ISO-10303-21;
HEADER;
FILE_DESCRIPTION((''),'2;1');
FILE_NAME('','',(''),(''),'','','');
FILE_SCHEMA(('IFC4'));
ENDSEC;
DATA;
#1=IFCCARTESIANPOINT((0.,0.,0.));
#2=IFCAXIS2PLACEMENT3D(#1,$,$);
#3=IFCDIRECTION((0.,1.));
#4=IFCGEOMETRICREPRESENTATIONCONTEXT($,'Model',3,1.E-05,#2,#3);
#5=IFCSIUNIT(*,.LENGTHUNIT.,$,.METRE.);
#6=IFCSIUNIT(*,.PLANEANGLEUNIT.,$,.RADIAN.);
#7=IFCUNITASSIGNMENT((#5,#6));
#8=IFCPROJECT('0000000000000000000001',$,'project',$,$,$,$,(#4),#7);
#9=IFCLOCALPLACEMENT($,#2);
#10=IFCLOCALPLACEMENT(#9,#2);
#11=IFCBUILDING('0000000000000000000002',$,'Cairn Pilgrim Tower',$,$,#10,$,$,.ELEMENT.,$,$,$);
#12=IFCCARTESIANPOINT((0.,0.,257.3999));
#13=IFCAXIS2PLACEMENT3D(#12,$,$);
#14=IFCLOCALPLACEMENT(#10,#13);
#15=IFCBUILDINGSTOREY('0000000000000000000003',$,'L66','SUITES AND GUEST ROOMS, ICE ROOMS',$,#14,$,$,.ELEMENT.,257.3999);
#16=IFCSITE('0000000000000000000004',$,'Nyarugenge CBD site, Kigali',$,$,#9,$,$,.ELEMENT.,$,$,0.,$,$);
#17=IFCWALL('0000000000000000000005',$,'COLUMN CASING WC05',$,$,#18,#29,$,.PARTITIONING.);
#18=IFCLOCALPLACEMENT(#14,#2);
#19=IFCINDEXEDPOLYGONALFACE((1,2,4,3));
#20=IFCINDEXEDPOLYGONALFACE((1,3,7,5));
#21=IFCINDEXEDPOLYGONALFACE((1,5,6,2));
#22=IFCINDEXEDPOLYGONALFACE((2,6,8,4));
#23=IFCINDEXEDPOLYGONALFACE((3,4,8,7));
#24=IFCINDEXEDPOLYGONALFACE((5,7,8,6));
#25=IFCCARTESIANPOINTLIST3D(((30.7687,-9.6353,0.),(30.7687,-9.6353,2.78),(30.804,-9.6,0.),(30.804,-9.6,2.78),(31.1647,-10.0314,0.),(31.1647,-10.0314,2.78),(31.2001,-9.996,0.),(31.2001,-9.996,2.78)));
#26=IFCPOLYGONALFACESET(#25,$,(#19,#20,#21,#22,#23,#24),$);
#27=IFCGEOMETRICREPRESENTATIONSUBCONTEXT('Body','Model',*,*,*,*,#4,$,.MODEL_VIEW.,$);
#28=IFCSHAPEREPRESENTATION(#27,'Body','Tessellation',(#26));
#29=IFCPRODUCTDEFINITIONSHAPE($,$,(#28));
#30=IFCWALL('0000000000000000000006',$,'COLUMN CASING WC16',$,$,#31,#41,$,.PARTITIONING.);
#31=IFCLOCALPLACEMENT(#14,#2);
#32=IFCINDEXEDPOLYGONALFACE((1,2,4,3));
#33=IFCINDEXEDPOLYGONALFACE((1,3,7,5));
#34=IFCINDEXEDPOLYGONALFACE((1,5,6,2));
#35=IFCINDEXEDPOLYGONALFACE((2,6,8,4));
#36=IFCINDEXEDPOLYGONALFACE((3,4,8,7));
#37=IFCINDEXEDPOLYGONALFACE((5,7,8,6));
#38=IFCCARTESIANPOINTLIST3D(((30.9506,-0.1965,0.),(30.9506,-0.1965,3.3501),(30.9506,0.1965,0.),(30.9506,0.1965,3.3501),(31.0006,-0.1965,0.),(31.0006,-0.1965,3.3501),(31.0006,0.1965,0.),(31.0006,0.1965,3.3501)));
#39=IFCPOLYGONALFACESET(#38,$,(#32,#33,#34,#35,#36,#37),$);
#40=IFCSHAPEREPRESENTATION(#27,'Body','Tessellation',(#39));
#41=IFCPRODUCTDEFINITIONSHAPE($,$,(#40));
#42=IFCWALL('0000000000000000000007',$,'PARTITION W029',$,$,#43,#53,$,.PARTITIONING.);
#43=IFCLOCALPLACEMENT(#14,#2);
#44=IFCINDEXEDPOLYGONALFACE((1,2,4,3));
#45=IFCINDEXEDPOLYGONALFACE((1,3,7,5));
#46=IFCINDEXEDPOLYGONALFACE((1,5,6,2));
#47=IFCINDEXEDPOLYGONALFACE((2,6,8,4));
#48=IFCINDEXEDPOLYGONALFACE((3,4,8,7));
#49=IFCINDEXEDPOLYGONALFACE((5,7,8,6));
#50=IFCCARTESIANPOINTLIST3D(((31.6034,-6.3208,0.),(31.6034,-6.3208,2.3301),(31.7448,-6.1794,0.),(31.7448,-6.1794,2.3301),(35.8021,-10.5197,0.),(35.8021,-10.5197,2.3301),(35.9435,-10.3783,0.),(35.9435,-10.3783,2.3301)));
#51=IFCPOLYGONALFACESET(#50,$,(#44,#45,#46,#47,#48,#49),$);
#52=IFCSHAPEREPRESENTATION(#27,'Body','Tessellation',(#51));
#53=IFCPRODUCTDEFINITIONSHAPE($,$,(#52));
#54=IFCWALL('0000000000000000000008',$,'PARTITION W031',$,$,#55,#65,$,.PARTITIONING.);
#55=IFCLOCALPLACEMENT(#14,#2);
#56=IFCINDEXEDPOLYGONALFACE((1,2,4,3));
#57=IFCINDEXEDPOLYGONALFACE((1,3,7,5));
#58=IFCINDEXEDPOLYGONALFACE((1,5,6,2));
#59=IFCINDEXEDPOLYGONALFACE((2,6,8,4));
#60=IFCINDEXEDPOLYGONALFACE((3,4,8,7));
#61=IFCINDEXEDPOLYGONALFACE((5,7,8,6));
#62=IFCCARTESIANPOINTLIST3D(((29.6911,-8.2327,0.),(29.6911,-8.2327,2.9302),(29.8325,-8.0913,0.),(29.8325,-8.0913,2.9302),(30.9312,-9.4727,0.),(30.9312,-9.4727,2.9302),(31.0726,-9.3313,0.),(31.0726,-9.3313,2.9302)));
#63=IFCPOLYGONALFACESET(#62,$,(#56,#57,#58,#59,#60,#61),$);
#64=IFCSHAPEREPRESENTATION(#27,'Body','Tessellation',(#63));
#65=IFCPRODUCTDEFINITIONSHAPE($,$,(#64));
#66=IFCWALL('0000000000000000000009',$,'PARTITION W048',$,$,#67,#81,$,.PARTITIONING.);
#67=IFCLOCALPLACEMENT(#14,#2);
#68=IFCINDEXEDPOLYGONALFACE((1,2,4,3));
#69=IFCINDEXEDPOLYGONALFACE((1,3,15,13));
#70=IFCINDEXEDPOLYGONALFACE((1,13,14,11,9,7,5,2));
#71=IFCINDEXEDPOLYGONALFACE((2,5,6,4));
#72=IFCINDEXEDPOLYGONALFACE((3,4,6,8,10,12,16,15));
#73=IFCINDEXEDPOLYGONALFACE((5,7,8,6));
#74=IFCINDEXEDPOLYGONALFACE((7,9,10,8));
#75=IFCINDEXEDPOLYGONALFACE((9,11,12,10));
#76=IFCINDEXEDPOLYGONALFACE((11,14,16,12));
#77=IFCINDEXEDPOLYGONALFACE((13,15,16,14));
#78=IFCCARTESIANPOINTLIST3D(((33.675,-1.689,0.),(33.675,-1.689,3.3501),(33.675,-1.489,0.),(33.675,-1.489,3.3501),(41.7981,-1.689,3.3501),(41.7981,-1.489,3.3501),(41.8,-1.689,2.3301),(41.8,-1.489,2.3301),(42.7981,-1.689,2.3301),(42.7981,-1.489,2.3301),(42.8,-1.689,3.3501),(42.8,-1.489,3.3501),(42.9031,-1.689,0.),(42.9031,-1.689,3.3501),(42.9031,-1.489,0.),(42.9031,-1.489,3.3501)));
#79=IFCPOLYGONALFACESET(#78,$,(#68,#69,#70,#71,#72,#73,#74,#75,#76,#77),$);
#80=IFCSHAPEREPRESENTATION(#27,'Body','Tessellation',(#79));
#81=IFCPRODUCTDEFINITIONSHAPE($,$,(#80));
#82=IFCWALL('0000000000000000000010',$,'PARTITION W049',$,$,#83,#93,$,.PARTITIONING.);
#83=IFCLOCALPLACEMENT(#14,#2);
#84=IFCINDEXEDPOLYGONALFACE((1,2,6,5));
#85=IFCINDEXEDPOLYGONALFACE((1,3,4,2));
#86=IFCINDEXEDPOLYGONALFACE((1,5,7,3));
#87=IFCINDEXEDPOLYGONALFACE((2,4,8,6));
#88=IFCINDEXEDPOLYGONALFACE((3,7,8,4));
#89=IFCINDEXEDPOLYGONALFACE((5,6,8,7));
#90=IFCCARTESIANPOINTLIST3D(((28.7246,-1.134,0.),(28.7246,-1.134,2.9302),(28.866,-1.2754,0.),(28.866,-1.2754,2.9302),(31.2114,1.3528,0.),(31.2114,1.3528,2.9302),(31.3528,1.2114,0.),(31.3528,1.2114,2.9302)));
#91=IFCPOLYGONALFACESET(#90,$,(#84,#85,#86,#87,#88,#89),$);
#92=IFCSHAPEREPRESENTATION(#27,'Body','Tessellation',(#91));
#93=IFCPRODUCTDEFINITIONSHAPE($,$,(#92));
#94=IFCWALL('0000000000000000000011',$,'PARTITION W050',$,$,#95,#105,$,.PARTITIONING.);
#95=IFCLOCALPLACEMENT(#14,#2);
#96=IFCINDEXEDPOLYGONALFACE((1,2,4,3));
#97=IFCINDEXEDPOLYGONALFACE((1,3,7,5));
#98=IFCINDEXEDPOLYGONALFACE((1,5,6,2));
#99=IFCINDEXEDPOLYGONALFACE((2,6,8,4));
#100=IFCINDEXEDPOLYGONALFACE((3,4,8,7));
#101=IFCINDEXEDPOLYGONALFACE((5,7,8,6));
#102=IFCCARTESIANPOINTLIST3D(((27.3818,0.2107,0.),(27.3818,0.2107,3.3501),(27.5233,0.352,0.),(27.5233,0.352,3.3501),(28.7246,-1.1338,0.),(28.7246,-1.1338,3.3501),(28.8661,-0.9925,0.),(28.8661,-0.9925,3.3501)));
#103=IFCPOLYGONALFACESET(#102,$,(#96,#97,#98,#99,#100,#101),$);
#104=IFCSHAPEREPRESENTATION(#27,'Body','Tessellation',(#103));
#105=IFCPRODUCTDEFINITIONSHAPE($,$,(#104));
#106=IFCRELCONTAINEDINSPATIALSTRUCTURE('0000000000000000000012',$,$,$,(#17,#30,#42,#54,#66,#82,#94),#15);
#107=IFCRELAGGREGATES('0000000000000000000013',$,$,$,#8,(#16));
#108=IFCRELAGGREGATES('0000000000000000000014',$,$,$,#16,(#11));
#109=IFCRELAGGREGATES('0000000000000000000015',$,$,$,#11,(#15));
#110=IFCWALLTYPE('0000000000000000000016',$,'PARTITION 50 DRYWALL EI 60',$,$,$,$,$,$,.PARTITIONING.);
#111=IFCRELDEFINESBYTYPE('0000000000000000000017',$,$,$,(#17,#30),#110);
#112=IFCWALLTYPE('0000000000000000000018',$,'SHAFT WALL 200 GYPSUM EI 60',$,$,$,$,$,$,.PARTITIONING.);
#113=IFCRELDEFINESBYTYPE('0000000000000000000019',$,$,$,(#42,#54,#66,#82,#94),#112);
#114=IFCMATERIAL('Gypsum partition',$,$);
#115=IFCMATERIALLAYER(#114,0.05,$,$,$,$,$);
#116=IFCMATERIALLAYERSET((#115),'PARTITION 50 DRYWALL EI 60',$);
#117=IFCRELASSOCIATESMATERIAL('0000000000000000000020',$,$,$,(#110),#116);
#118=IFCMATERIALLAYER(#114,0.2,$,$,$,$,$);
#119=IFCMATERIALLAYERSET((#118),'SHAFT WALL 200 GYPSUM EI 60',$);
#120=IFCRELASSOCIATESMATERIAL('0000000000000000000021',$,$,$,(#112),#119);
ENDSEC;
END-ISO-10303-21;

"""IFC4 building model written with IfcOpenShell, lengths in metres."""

from ifc_helpers import new_model, si_unit, direction, frame, frame_2d, origin, place, context, subcontext, project, spatial, polyline, rectangle, outline, extrude, material, layer, layer_set, type_object, element, save


model = new_model("IFC4")

# Units and contexts
model_context = context("Model", 3, precision=1e-05, world=origin(), true_north=direction((0.0, 1.0)))
body_context = subcontext(model_context, "Body", "Model", "MODEL_VIEW")
ifc_project = project(units=[si_unit("LENGTHUNIT", "METRE"), si_unit("PLANEANGLEUNIT", "RADIAN")], contexts=[model_context])

# Site, building, storey
site_placement = place(None, origin())
site = spatial("IfcSite", under=ifc_project, at=site_placement, Name="Nyarugenge CBD site, Kigali", CompositionType="ELEMENT", RefElevation=0.0)
building_placement = place(site_placement, origin())
building = spatial("IfcBuilding", under=site, at=building_placement, Name="Cairn Pilgrim Tower", CompositionType="ELEMENT")
storey_placement = place(building_placement, frame((0.0, 0.0, 257.3999)))
storey = spatial("IfcBuildingStorey", under=building, at=storey_placement, Name="L66", Description="SUITES AND GUEST ROOMS, ICE ROOMS", CompositionType="ELEMENT", Elevation=257.3999)

# Shared definitions
ifc_material_1 = material(Name="Gypsum partition")

# Walls
ifc_layer_1 = layer(ifc_material_1, 0.05)
ifc_layer_set_1 = layer_set([ifc_layer_1], Name="PARTITION 50 DRYWALL EI 60")
wall_type_1 = type_object("IfcWallType", Name="PARTITION 50 DRYWALL EI 60", PredefinedType="PARTITIONING", material=ifc_layer_set_1)
wall_1_placement = place(storey_placement, frame((31.1824, -10.0137, 0.0), z_axis=(0.0, 0.0, 1.0), x_axis=(-0.707107, 0.707107, 0.0)))
element("IfcWall", 1, at=wall_1_placement, inside=storey, type_object=wall_type_1, Name="COLUMN CASING WC05", PredefinedType="PARTITIONING", context=body_context, shape_type="SweptSolid", body=[
    extrude(rectangle(XDim=0.5601, YDim=0.05, at=frame_2d((0.28, 0.0))), origin(), (0.0, 0.0, 1.0), 2.78),
])
wall_2_placement = place(storey_placement, frame((30.9756, -0.1965, 0.0), z_axis=(0.0, 0.0, 1.0), x_axis=(0.0, 1.0, 0.0)))
element("IfcWall", 2, at=wall_2_placement, inside=storey, type_object=wall_type_1, Name="COLUMN CASING WC16", PredefinedType="PARTITIONING", context=body_context, shape_type="SweptSolid", body=[
    extrude(rectangle(XDim=0.3931, YDim=0.05, at=frame_2d((0.1965, 0.0))), origin(), (0.0, 0.0, 1.0), 3.3501),
])
ifc_layer_2 = layer(ifc_material_1, 0.2)
ifc_layer_set_2 = layer_set([ifc_layer_2], Name="SHAFT WALL 200 GYPSUM EI 60")
wall_type_2 = type_object("IfcWallType", Name="SHAFT WALL 200 GYPSUM EI 60", PredefinedType="PARTITIONING", material=ifc_layer_set_2)
wall_3_placement = place(storey_placement, frame((35.8728, -10.449, 0.0), z_axis=(0.0, 0.0, 1.0), x_axis=(-0.707086, 0.707127, 0.0)))
element("IfcWall", 3, at=wall_3_placement, inside=storey, type_object=wall_type_2, Name="PARTITION W029", PredefinedType="PARTITIONING", context=body_context, shape_type="SweptSolid", body=[
    extrude(rectangle(XDim=5.938, YDim=0.2, at=frame_2d((2.969, 0.0))), origin(), (0.0, 0.0, 1.0), 2.3301),
])
wall_4_placement = place(storey_placement, frame((31.002, -9.4021, 0.0), z_axis=(0.0, 0.0, 1.0), x_axis=(-0.707107, 0.707107, 0.0)))
element("IfcWall", 4, at=wall_4_placement, inside=storey, type_object=wall_type_2, Name="PARTITION W031", PredefinedType="PARTITIONING", context=body_context, shape_type="SweptSolid", body=[
    extrude(rectangle(XDim=1.7537, YDim=0.2, at=frame_2d((0.877, 0.0))), origin(), (0.0, 0.0, 1.0), 2.9302),
])
wall_5_placement = place(storey_placement, frame((33.675, -1.5891, 0.0), z_axis=(0.0, 0.0, 1.0), x_axis=(1.0, 0.0, 0.0)))
element("IfcWall", 5, at=wall_5_placement, inside=storey, type_object=wall_type_2, Name="PARTITION W048", PredefinedType="PARTITIONING", context=body_context, shape_type="SweptSolid", body=[
    extrude(outline(polyline([(0.0, 0.0), (9.228, 0.0), (9.228, 3.3501), (9.125, 3.3501), (9.123, 2.3301), (8.125, 2.3301), (8.123, 3.3501), (0.0, 3.3501), (0.0, 0.0)])), frame((0.0, 0.1001, 0.0), z_axis=(0.0, -1.0, 0.0), x_axis=(1.0, 0.0, 0.0)), (0.0, 0.0, 1.0), 0.2),
])
wall_6_placement = place(storey_placement, frame((28.7954, -1.2046, 0.0), z_axis=(0.0, 0.0, 1.0), x_axis=(0.707107, 0.707107, 0.0)))
element("IfcWall", 6, at=wall_6_placement, inside=storey, type_object=wall_type_2, Name="PARTITION W049", PredefinedType="PARTITIONING", context=body_context, shape_type="SweptSolid", body=[
    extrude(rectangle(XDim=3.5168, YDim=0.2, at=frame_2d((1.7583, 0.0))), origin(), (0.0, 0.0, 1.0), 2.9302),
])
wall_7_placement = place(storey_placement, frame((28.7954, -1.0632, 0.0), z_axis=(0.0, 0.0, 1.0), x_axis=(-0.706657, 0.707556, 0.0)))
element("IfcWall", 7, at=wall_7_placement, inside=storey, type_object=wall_type_2, Name="PARTITION W050", PredefinedType="PARTITIONING", context=body_context, shape_type="SweptSolid", body=[
    extrude(rectangle(XDim=1.9001, YDim=0.2, at=frame_2d((0.9502, 0.0))), origin(), (0.0, 0.0, 1.0), 3.3501),
])

save(model, "model.ifc")
